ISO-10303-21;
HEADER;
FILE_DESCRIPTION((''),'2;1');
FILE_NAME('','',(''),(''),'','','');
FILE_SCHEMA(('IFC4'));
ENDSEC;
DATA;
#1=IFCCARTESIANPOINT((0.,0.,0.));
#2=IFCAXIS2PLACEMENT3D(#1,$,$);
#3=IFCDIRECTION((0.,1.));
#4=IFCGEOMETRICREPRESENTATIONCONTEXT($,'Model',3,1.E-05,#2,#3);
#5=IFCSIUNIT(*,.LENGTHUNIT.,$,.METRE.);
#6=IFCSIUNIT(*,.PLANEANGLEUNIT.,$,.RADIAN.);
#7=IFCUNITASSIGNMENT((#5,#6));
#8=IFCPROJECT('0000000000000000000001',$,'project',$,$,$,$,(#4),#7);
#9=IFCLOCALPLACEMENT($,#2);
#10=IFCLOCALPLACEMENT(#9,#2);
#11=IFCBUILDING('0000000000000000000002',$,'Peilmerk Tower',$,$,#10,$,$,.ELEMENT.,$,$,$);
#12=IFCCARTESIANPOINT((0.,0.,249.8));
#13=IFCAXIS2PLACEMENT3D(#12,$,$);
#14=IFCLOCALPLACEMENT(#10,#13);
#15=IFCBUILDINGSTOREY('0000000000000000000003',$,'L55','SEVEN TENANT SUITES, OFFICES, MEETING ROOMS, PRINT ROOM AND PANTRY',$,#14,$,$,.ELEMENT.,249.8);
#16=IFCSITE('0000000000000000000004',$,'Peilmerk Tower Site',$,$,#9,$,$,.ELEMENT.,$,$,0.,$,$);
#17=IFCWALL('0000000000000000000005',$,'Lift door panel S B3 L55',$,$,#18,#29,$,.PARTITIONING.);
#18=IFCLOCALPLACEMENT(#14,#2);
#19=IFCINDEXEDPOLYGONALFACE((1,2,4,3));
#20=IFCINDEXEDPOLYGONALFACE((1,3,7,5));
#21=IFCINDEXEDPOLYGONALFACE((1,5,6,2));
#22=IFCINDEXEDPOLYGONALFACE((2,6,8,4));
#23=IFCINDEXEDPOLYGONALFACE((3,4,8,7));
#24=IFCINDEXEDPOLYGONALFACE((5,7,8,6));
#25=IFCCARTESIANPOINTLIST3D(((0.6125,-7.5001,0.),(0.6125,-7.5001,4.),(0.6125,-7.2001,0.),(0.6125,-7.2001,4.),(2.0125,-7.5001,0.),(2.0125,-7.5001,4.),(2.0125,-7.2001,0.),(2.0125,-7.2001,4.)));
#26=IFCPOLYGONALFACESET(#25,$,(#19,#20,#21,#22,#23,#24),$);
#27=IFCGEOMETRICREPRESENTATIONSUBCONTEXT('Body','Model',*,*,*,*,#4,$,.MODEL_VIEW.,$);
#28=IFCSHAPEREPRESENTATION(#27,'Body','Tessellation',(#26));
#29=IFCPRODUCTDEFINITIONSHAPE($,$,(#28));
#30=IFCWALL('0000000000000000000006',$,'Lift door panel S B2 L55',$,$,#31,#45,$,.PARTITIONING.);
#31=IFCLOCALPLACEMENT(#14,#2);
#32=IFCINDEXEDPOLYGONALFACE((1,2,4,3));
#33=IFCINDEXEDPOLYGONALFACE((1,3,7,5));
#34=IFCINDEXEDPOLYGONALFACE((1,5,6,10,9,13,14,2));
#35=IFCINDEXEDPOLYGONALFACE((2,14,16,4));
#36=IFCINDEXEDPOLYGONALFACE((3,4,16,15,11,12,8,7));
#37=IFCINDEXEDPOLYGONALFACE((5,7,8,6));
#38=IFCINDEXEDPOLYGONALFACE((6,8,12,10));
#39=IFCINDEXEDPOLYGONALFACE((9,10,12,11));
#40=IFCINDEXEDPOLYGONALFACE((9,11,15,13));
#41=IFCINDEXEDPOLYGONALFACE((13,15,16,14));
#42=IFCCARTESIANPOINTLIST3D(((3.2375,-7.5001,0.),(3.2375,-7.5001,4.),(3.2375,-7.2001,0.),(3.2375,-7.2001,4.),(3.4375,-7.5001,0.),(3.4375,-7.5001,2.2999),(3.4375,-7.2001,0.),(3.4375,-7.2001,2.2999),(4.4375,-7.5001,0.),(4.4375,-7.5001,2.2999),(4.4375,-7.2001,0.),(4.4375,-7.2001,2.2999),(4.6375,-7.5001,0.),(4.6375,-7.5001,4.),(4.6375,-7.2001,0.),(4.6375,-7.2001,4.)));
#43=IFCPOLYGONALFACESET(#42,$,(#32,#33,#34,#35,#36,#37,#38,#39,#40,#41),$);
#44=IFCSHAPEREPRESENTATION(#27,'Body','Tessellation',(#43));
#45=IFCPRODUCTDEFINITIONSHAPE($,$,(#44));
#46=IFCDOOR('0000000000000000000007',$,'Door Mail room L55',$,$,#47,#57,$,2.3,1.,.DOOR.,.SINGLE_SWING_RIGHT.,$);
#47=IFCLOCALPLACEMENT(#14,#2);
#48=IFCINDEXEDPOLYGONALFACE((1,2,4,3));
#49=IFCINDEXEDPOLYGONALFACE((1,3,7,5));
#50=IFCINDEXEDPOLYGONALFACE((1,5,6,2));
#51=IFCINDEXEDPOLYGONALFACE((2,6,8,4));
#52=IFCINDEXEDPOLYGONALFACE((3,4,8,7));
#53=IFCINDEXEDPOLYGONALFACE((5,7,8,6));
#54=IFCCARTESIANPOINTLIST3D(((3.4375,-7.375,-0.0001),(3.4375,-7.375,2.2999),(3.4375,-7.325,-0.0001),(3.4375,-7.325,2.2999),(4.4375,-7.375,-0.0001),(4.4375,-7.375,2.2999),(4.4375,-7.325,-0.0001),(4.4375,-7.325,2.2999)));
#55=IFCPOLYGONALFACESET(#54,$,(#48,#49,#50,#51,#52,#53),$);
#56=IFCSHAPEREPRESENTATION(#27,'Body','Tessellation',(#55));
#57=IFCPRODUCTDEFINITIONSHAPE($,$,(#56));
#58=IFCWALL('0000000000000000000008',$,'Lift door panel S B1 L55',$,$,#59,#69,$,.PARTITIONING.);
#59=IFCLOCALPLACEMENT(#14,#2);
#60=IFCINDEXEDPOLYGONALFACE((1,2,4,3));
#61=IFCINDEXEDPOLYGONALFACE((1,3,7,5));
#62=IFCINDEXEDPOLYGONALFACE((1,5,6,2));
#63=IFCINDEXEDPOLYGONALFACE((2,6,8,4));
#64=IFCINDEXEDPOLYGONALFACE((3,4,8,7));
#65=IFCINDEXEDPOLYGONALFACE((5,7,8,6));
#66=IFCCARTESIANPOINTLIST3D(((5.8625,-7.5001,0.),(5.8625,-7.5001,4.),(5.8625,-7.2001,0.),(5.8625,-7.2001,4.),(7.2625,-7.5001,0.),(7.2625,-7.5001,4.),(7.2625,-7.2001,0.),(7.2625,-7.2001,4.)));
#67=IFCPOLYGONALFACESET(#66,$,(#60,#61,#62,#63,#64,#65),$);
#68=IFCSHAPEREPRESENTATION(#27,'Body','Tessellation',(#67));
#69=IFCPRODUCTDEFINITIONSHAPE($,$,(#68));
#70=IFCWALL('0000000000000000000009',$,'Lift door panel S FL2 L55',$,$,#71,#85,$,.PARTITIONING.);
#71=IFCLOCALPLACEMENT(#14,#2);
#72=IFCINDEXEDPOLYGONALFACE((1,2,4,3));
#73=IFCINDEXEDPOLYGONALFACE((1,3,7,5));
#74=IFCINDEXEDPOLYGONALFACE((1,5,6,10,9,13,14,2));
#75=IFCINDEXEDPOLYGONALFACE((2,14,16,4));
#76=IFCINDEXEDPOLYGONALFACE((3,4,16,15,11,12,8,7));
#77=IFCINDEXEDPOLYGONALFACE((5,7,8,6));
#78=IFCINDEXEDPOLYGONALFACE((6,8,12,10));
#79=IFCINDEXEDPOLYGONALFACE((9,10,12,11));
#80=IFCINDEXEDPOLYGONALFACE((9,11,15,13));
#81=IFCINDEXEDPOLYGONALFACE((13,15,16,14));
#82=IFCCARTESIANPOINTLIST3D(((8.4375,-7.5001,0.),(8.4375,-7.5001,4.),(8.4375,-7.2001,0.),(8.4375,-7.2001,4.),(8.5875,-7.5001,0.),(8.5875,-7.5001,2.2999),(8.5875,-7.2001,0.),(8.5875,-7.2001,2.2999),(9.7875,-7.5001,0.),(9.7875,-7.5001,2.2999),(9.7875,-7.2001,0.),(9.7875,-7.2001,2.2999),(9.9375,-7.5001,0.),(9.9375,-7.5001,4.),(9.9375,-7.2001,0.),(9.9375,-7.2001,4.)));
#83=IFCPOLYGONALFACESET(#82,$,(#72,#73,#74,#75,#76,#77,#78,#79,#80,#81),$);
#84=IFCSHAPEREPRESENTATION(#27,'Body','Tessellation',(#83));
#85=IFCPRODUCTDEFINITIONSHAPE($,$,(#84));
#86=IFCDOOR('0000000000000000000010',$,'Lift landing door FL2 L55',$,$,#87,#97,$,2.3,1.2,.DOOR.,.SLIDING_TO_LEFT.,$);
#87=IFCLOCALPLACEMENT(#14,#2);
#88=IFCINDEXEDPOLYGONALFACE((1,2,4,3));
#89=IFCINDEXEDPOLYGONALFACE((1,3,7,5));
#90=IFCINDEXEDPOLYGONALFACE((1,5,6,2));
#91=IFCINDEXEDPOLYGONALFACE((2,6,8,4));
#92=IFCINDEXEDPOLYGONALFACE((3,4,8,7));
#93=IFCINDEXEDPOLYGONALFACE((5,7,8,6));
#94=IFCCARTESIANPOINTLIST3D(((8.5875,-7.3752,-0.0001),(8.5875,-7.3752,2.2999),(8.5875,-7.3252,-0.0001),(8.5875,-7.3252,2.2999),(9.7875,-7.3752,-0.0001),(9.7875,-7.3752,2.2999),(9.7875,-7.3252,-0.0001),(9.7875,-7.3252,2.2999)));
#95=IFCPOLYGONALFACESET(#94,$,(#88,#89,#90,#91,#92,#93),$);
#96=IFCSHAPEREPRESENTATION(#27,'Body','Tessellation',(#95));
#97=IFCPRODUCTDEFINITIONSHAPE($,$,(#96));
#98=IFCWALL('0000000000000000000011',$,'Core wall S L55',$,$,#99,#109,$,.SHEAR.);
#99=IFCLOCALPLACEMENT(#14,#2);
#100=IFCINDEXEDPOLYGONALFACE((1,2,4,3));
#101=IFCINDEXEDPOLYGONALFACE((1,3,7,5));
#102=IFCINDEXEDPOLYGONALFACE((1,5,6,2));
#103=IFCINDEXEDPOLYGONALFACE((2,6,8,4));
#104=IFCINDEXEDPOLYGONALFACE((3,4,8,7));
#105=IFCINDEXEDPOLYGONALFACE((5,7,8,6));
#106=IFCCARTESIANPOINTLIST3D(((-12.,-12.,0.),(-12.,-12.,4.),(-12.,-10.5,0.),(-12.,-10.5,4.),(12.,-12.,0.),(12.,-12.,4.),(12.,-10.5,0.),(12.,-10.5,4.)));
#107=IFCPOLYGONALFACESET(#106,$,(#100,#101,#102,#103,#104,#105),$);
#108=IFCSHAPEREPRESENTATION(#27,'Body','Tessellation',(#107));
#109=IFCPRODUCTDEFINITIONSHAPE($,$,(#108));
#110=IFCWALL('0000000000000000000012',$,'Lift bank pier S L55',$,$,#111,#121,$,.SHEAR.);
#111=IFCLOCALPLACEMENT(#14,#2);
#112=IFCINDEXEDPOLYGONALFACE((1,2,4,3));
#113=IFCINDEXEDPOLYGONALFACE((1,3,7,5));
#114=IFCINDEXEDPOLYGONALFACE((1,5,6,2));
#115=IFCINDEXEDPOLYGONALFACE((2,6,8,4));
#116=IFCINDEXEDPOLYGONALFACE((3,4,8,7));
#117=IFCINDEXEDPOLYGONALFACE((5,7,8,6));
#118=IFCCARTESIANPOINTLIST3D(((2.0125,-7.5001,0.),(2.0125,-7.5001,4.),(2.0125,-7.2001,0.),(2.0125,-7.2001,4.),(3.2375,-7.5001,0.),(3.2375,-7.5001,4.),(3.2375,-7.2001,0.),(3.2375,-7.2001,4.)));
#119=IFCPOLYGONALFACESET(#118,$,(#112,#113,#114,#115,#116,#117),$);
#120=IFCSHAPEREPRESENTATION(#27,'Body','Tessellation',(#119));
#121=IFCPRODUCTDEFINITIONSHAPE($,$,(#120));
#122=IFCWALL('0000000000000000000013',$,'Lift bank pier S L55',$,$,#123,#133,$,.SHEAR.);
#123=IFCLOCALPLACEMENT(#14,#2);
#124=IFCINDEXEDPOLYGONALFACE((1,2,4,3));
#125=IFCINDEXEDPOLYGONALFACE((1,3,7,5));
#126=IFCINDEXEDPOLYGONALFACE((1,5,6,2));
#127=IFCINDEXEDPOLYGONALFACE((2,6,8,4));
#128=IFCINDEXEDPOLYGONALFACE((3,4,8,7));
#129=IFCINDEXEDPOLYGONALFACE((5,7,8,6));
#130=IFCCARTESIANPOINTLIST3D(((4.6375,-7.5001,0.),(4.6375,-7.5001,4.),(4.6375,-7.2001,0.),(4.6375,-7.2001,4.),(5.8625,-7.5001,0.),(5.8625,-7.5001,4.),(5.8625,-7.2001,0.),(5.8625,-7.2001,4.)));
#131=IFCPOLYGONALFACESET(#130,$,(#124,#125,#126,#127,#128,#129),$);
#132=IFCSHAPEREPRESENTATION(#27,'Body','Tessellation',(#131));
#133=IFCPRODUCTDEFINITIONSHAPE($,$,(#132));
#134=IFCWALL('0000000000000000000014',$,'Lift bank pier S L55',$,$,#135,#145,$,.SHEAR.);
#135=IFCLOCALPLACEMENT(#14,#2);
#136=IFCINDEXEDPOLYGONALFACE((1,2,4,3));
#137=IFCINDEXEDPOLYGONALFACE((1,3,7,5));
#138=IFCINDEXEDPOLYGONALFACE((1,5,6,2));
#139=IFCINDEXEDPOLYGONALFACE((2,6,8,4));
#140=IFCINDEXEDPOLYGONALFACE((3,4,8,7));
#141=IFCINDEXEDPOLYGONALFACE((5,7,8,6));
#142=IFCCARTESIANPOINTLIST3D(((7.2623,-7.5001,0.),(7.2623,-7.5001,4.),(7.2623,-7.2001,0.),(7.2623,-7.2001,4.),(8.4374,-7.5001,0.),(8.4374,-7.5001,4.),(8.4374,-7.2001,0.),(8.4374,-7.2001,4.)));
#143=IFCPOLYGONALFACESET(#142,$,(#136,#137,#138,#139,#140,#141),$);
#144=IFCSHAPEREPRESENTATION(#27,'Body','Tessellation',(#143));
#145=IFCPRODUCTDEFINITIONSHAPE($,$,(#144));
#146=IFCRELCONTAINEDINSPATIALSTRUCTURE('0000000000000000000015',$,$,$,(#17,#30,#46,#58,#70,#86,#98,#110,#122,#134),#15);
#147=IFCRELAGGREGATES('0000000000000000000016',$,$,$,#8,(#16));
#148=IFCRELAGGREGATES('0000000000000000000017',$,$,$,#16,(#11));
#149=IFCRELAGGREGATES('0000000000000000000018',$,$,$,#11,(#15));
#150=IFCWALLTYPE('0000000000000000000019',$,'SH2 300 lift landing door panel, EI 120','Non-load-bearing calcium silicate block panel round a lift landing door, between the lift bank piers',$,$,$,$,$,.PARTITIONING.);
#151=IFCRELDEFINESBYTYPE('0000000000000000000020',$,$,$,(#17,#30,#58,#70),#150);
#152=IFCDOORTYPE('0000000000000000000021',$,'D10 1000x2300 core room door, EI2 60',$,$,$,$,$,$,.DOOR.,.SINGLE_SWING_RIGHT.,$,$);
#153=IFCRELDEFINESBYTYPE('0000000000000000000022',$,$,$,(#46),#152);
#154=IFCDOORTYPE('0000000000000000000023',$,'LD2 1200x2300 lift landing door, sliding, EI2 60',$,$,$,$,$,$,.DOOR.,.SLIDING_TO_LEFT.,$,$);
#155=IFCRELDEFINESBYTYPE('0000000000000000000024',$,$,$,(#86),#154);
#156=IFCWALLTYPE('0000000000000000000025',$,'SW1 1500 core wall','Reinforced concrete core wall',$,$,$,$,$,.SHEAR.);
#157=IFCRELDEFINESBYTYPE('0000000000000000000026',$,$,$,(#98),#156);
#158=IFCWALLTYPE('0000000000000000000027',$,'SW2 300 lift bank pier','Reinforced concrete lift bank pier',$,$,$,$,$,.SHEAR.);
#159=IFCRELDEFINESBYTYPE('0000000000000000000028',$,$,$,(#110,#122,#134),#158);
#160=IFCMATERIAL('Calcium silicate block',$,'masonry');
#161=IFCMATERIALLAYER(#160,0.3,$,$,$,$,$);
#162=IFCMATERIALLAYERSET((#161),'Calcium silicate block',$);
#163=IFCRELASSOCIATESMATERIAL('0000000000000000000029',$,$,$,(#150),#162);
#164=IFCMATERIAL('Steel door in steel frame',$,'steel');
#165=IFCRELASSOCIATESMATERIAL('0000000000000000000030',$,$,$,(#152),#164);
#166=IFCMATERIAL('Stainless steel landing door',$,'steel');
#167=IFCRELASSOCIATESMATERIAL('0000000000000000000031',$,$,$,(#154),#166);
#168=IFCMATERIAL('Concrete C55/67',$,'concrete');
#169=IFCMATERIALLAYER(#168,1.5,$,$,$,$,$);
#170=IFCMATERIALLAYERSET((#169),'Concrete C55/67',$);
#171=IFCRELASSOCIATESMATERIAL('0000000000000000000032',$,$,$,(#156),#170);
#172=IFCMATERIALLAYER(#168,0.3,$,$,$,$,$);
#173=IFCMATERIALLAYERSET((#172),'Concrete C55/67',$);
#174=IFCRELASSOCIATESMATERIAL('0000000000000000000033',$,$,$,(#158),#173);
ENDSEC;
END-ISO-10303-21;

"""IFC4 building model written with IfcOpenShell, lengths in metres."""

from ifc_helpers import new_model, si_unit, direction, frame, frame_2d, origin, place, context, subcontext, project, spatial, rectangle, extrude, material, layer, layer_set, type_object, element, fill, save


model = new_model("IFC4")

# Units and contexts
model_context = context("Model", 3, precision=1e-05, world=origin(), true_north=direction((0.0, 1.0)))
body_context = subcontext(model_context, "Body", "Model", "MODEL_VIEW")
ifc_project = project(units=[si_unit("LENGTHUNIT", "METRE"), si_unit("PLANEANGLEUNIT", "RADIAN")], contexts=[model_context])

# Site, building, storey
site_placement = place(None, origin())
site = spatial("IfcSite", under=ifc_project, at=site_placement, Name="Peilmerk Tower Site", CompositionType="ELEMENT", RefElevation=0.0)
building_placement = place(site_placement, origin())
building = spatial("IfcBuilding", under=site, at=building_placement, Name="Peilmerk Tower", CompositionType="ELEMENT")
storey_placement = place(building_placement, frame((0.0, 0.0, 249.8)))
storey = spatial("IfcBuildingStorey", under=building, at=storey_placement, Name="L55", Description="SEVEN TENANT SUITES, OFFICES, MEETING ROOMS, PRINT ROOM AND PANTRY", CompositionType="ELEMENT", Elevation=249.8)

# Shared definitions
ifc_material_1 = material(Name="Calcium silicate block", Category="masonry")

# Wall
ifc_layer_1 = layer(ifc_material_1, 0.3)
ifc_layer_set_1 = layer_set([ifc_layer_1], Name="Calcium silicate block")
wall_type_1 = type_object("IfcWallType", Name="SH2 300 lift landing door panel, EI 120", Description="Non-load-bearing calcium silicate block panel round a lift landing door, between the lift bank piers", PredefinedType="PARTITIONING", material=ifc_layer_set_1)
wall_1_placement = place(storey_placement, frame((0.6125, -7.3501, 0.0), z_axis=(0.0, 0.0, 1.0), x_axis=(1.0, 0.0, 0.0)))
element("IfcWall", 1, at=wall_1_placement, inside=storey, type_object=wall_type_1, Name="Lift door panel S B3 L55", PredefinedType="PARTITIONING", context=body_context, shape_type="SweptSolid", body=[
    extrude(rectangle(XDim=1.3999, YDim=0.3, at=frame_2d((0.7, 0.0))), origin(), (0.0, 0.0, 1.0), 4.0),
])

# Wall, opening, door
wall_2_placement = place(storey_placement, frame((3.2375, -7.3501, 0.0), z_axis=(0.0, 0.0, 1.0), x_axis=(1.0, 0.0, 0.0)))
wall_2 = element("IfcWall", 2, at=wall_2_placement, inside=storey, type_object=wall_type_1, Name="Lift door panel S B2 L55", PredefinedType="PARTITIONING", context=body_context, shape_type="SweptSolid", body=[
    extrude(rectangle(XDim=1.3999, YDim=0.3, at=frame_2d((0.7, 0.0))), origin(), (0.0, 0.0, 1.0), 4.0),
])
opening_1_placement = place(wall_2_placement, frame((0.2, 0.0, 0.0)))
opening_1 = element("IfcOpeningElement", 3, at=opening_1_placement, cuts=wall_2, PredefinedType="OPENING", context=body_context, shape_type="SweptSolid", body=[
    extrude(rectangle(XDim=1.0, YDim=2.3, at=frame_2d((0.5, 1.1499))), frame((0.0, 0.1599, 0.0), z_axis=(0.0, -1.0, 0.0), x_axis=(1.0, 0.0, 0.0)), (0.0, 0.0, 1.0), 0.3201),
])
ifc_material_2 = material(Name="Steel door in steel frame", Category="steel")
door_type_1 = type_object("IfcDoorType", Name="D10 1000x2300 core room door, EI2 60", OperationType="SINGLE_SWING_RIGHT", PredefinedType="DOOR", material=ifc_material_2)
door_1_placement = place(opening_1_placement, frame((1.0, 0.0, 0.0), z_axis=(0.0, 0.0, 1.0), x_axis=(-1.0, 0.0, 0.0)))
door_1 = element("IfcDoor", 4, at=door_1_placement, inside=storey, type_object=door_type_1, Name="Door Mail room L55", OperationType="SINGLE_SWING_RIGHT", OverallHeight=2.3, OverallWidth=1.0, PredefinedType="DOOR", context=body_context, shape_type="SweptSolid", body=[
    extrude(rectangle(XDim=1.0, YDim=2.3, at=frame_2d((0.5, 1.1499))), frame((0.0, 0.0249, 0.0), z_axis=(0.0, -1.0, 0.0), x_axis=(1.0, 0.0, 0.0)), (0.0, 0.0, 1.0), 0.05),
])
fill(opening_1, door_1)

# Wall
wall_3_placement = place(storey_placement, frame((5.8625, -7.3501, 0.0), z_axis=(0.0, 0.0, 1.0), x_axis=(1.0, 0.0, 0.0)))
element("IfcWall", 5, at=wall_3_placement, inside=storey, type_object=wall_type_1, Name="Lift door panel S B1 L55", PredefinedType="PARTITIONING", context=body_context, shape_type="SweptSolid", body=[
    extrude(rectangle(XDim=1.3999, YDim=0.3, at=frame_2d((0.7, 0.0))), origin(), (0.0, 0.0, 1.0), 4.0),
])

# Wall, opening, door
wall_4_placement = place(storey_placement, frame((8.4375, -7.3501, 0.0), z_axis=(0.0, 0.0, 1.0), x_axis=(1.0, 0.0, 0.0)))
wall_4 = element("IfcWall", 6, at=wall_4_placement, inside=storey, type_object=wall_type_1, Name="Lift door panel S FL2 L55", PredefinedType="PARTITIONING", context=body_context, shape_type="SweptSolid", body=[
    extrude(rectangle(XDim=1.5, YDim=0.3, at=frame_2d((0.75, 0.0))), origin(), (0.0, 0.0, 1.0), 4.0),
])
opening_2_placement = place(wall_4_placement, frame((0.1499, 0.0, 0.0)))
opening_2 = element("IfcOpeningElement", 7, at=opening_2_placement, cuts=wall_4, PredefinedType="OPENING", context=body_context, shape_type="SweptSolid", body=[
    extrude(rectangle(XDim=1.2, YDim=2.3, at=frame_2d((0.6001, 1.1499))), frame((0.0, 0.1599, 0.0), z_axis=(0.0, -1.0, 0.0), x_axis=(1.0, 0.0, 0.0)), (0.0, 0.0, 1.0), 0.3201),
])
ifc_material_3 = material(Name="Stainless steel landing door", Category="steel")
door_type_2 = type_object("IfcDoorType", Name="LD2 1200x2300 lift landing door, sliding, EI2 60", OperationType="SLIDING_TO_LEFT", PredefinedType="DOOR", material=ifc_material_3)
door_2_placement = place(opening_2_placement, origin())
door_2 = element("IfcDoor", 8, at=door_2_placement, inside=storey, type_object=door_type_2, Name="Lift landing door FL2 L55", OperationType="SLIDING_TO_LEFT", OverallHeight=2.3, OverallWidth=1.2, PredefinedType="DOOR", context=body_context, shape_type="SweptSolid", body=[
    extrude(rectangle(XDim=1.2, YDim=2.3, at=frame_2d((0.6001, 1.1499))), frame((0.0, 0.0249, 0.0), z_axis=(0.0, -1.0, 0.0), x_axis=(1.0, 0.0, 0.0)), (0.0, 0.0, 1.0), 0.05),
])
fill(opening_2, door_2)

# Walls
ifc_material_4 = material(Name="Concrete C55/67", Category="concrete")
ifc_layer_2 = layer(ifc_material_4, 1.5)
ifc_layer_set_2 = layer_set([ifc_layer_2], Name="Concrete C55/67")
wall_type_2 = type_object("IfcWallType", Name="SW1 1500 core wall", Description="Reinforced concrete core wall", PredefinedType="SHEAR", material=ifc_layer_set_2)
wall_5_placement = place(storey_placement, frame((12.0, -11.25, 0.0), z_axis=(0.0, 0.0, 1.0), x_axis=(-1.0, 0.0, 0.0)))
element("IfcWall", 9, at=wall_5_placement, inside=storey, type_object=wall_type_2, Name="Core wall S L55", PredefinedType="SHEAR", context=body_context, shape_type="SweptSolid", body=[
    extrude(rectangle(XDim=24.0, YDim=1.5, at=frame_2d((12.0, 0.0))), origin(), (0.0, 0.0, 1.0), 4.0),
])
ifc_layer_3 = layer(ifc_material_4, 0.3)
ifc_layer_set_3 = layer_set([ifc_layer_3], Name="Concrete C55/67")
wall_type_3 = type_object("IfcWallType", Name="SW2 300 lift bank pier", Description="Reinforced concrete lift bank pier", PredefinedType="SHEAR", material=ifc_layer_set_3)
for number, where, z_axis, x_axis, name in (
    (10, (2.0125, -7.3501, 0.0), (0.0, 0.0, 1.0), (1.0, 0.0, 0.0), "Lift bank pier S L55"),
    (11, (4.6375, -7.3501, 0.0), (0.0, 0.0, 1.0), (1.0, 0.0, 0.0), "Lift bank pier S L55"),
):
    element("IfcWall", number, at=place(storey_placement, frame(where, z_axis=z_axis, x_axis=x_axis)), inside=storey, type_object=wall_type_3, Name=name, PredefinedType="SHEAR", context=body_context, shape_type="SweptSolid", body=[
        extrude(rectangle(XDim=1.2251, YDim=0.3, at=frame_2d((0.6125, 0.0))), origin(), (0.0, 0.0, 1.0), 4.0),
    ])
wall_6_placement = place(storey_placement, frame((7.2625, -7.3501, 0.0), z_axis=(0.0, 0.0, 1.0), x_axis=(1.0, 0.0, 0.0)))
element("IfcWall", 12, at=wall_6_placement, inside=storey, type_object=wall_type_3, Name="Lift bank pier S L55", PredefinedType="SHEAR", context=body_context, shape_type="SweptSolid", body=[
    extrude(rectangle(XDim=1.175, YDim=0.3, at=frame_2d((0.5874, 0.0))), origin(), (0.0, 0.0, 1.0), 4.0),
])

save(model, "model.ifc")
